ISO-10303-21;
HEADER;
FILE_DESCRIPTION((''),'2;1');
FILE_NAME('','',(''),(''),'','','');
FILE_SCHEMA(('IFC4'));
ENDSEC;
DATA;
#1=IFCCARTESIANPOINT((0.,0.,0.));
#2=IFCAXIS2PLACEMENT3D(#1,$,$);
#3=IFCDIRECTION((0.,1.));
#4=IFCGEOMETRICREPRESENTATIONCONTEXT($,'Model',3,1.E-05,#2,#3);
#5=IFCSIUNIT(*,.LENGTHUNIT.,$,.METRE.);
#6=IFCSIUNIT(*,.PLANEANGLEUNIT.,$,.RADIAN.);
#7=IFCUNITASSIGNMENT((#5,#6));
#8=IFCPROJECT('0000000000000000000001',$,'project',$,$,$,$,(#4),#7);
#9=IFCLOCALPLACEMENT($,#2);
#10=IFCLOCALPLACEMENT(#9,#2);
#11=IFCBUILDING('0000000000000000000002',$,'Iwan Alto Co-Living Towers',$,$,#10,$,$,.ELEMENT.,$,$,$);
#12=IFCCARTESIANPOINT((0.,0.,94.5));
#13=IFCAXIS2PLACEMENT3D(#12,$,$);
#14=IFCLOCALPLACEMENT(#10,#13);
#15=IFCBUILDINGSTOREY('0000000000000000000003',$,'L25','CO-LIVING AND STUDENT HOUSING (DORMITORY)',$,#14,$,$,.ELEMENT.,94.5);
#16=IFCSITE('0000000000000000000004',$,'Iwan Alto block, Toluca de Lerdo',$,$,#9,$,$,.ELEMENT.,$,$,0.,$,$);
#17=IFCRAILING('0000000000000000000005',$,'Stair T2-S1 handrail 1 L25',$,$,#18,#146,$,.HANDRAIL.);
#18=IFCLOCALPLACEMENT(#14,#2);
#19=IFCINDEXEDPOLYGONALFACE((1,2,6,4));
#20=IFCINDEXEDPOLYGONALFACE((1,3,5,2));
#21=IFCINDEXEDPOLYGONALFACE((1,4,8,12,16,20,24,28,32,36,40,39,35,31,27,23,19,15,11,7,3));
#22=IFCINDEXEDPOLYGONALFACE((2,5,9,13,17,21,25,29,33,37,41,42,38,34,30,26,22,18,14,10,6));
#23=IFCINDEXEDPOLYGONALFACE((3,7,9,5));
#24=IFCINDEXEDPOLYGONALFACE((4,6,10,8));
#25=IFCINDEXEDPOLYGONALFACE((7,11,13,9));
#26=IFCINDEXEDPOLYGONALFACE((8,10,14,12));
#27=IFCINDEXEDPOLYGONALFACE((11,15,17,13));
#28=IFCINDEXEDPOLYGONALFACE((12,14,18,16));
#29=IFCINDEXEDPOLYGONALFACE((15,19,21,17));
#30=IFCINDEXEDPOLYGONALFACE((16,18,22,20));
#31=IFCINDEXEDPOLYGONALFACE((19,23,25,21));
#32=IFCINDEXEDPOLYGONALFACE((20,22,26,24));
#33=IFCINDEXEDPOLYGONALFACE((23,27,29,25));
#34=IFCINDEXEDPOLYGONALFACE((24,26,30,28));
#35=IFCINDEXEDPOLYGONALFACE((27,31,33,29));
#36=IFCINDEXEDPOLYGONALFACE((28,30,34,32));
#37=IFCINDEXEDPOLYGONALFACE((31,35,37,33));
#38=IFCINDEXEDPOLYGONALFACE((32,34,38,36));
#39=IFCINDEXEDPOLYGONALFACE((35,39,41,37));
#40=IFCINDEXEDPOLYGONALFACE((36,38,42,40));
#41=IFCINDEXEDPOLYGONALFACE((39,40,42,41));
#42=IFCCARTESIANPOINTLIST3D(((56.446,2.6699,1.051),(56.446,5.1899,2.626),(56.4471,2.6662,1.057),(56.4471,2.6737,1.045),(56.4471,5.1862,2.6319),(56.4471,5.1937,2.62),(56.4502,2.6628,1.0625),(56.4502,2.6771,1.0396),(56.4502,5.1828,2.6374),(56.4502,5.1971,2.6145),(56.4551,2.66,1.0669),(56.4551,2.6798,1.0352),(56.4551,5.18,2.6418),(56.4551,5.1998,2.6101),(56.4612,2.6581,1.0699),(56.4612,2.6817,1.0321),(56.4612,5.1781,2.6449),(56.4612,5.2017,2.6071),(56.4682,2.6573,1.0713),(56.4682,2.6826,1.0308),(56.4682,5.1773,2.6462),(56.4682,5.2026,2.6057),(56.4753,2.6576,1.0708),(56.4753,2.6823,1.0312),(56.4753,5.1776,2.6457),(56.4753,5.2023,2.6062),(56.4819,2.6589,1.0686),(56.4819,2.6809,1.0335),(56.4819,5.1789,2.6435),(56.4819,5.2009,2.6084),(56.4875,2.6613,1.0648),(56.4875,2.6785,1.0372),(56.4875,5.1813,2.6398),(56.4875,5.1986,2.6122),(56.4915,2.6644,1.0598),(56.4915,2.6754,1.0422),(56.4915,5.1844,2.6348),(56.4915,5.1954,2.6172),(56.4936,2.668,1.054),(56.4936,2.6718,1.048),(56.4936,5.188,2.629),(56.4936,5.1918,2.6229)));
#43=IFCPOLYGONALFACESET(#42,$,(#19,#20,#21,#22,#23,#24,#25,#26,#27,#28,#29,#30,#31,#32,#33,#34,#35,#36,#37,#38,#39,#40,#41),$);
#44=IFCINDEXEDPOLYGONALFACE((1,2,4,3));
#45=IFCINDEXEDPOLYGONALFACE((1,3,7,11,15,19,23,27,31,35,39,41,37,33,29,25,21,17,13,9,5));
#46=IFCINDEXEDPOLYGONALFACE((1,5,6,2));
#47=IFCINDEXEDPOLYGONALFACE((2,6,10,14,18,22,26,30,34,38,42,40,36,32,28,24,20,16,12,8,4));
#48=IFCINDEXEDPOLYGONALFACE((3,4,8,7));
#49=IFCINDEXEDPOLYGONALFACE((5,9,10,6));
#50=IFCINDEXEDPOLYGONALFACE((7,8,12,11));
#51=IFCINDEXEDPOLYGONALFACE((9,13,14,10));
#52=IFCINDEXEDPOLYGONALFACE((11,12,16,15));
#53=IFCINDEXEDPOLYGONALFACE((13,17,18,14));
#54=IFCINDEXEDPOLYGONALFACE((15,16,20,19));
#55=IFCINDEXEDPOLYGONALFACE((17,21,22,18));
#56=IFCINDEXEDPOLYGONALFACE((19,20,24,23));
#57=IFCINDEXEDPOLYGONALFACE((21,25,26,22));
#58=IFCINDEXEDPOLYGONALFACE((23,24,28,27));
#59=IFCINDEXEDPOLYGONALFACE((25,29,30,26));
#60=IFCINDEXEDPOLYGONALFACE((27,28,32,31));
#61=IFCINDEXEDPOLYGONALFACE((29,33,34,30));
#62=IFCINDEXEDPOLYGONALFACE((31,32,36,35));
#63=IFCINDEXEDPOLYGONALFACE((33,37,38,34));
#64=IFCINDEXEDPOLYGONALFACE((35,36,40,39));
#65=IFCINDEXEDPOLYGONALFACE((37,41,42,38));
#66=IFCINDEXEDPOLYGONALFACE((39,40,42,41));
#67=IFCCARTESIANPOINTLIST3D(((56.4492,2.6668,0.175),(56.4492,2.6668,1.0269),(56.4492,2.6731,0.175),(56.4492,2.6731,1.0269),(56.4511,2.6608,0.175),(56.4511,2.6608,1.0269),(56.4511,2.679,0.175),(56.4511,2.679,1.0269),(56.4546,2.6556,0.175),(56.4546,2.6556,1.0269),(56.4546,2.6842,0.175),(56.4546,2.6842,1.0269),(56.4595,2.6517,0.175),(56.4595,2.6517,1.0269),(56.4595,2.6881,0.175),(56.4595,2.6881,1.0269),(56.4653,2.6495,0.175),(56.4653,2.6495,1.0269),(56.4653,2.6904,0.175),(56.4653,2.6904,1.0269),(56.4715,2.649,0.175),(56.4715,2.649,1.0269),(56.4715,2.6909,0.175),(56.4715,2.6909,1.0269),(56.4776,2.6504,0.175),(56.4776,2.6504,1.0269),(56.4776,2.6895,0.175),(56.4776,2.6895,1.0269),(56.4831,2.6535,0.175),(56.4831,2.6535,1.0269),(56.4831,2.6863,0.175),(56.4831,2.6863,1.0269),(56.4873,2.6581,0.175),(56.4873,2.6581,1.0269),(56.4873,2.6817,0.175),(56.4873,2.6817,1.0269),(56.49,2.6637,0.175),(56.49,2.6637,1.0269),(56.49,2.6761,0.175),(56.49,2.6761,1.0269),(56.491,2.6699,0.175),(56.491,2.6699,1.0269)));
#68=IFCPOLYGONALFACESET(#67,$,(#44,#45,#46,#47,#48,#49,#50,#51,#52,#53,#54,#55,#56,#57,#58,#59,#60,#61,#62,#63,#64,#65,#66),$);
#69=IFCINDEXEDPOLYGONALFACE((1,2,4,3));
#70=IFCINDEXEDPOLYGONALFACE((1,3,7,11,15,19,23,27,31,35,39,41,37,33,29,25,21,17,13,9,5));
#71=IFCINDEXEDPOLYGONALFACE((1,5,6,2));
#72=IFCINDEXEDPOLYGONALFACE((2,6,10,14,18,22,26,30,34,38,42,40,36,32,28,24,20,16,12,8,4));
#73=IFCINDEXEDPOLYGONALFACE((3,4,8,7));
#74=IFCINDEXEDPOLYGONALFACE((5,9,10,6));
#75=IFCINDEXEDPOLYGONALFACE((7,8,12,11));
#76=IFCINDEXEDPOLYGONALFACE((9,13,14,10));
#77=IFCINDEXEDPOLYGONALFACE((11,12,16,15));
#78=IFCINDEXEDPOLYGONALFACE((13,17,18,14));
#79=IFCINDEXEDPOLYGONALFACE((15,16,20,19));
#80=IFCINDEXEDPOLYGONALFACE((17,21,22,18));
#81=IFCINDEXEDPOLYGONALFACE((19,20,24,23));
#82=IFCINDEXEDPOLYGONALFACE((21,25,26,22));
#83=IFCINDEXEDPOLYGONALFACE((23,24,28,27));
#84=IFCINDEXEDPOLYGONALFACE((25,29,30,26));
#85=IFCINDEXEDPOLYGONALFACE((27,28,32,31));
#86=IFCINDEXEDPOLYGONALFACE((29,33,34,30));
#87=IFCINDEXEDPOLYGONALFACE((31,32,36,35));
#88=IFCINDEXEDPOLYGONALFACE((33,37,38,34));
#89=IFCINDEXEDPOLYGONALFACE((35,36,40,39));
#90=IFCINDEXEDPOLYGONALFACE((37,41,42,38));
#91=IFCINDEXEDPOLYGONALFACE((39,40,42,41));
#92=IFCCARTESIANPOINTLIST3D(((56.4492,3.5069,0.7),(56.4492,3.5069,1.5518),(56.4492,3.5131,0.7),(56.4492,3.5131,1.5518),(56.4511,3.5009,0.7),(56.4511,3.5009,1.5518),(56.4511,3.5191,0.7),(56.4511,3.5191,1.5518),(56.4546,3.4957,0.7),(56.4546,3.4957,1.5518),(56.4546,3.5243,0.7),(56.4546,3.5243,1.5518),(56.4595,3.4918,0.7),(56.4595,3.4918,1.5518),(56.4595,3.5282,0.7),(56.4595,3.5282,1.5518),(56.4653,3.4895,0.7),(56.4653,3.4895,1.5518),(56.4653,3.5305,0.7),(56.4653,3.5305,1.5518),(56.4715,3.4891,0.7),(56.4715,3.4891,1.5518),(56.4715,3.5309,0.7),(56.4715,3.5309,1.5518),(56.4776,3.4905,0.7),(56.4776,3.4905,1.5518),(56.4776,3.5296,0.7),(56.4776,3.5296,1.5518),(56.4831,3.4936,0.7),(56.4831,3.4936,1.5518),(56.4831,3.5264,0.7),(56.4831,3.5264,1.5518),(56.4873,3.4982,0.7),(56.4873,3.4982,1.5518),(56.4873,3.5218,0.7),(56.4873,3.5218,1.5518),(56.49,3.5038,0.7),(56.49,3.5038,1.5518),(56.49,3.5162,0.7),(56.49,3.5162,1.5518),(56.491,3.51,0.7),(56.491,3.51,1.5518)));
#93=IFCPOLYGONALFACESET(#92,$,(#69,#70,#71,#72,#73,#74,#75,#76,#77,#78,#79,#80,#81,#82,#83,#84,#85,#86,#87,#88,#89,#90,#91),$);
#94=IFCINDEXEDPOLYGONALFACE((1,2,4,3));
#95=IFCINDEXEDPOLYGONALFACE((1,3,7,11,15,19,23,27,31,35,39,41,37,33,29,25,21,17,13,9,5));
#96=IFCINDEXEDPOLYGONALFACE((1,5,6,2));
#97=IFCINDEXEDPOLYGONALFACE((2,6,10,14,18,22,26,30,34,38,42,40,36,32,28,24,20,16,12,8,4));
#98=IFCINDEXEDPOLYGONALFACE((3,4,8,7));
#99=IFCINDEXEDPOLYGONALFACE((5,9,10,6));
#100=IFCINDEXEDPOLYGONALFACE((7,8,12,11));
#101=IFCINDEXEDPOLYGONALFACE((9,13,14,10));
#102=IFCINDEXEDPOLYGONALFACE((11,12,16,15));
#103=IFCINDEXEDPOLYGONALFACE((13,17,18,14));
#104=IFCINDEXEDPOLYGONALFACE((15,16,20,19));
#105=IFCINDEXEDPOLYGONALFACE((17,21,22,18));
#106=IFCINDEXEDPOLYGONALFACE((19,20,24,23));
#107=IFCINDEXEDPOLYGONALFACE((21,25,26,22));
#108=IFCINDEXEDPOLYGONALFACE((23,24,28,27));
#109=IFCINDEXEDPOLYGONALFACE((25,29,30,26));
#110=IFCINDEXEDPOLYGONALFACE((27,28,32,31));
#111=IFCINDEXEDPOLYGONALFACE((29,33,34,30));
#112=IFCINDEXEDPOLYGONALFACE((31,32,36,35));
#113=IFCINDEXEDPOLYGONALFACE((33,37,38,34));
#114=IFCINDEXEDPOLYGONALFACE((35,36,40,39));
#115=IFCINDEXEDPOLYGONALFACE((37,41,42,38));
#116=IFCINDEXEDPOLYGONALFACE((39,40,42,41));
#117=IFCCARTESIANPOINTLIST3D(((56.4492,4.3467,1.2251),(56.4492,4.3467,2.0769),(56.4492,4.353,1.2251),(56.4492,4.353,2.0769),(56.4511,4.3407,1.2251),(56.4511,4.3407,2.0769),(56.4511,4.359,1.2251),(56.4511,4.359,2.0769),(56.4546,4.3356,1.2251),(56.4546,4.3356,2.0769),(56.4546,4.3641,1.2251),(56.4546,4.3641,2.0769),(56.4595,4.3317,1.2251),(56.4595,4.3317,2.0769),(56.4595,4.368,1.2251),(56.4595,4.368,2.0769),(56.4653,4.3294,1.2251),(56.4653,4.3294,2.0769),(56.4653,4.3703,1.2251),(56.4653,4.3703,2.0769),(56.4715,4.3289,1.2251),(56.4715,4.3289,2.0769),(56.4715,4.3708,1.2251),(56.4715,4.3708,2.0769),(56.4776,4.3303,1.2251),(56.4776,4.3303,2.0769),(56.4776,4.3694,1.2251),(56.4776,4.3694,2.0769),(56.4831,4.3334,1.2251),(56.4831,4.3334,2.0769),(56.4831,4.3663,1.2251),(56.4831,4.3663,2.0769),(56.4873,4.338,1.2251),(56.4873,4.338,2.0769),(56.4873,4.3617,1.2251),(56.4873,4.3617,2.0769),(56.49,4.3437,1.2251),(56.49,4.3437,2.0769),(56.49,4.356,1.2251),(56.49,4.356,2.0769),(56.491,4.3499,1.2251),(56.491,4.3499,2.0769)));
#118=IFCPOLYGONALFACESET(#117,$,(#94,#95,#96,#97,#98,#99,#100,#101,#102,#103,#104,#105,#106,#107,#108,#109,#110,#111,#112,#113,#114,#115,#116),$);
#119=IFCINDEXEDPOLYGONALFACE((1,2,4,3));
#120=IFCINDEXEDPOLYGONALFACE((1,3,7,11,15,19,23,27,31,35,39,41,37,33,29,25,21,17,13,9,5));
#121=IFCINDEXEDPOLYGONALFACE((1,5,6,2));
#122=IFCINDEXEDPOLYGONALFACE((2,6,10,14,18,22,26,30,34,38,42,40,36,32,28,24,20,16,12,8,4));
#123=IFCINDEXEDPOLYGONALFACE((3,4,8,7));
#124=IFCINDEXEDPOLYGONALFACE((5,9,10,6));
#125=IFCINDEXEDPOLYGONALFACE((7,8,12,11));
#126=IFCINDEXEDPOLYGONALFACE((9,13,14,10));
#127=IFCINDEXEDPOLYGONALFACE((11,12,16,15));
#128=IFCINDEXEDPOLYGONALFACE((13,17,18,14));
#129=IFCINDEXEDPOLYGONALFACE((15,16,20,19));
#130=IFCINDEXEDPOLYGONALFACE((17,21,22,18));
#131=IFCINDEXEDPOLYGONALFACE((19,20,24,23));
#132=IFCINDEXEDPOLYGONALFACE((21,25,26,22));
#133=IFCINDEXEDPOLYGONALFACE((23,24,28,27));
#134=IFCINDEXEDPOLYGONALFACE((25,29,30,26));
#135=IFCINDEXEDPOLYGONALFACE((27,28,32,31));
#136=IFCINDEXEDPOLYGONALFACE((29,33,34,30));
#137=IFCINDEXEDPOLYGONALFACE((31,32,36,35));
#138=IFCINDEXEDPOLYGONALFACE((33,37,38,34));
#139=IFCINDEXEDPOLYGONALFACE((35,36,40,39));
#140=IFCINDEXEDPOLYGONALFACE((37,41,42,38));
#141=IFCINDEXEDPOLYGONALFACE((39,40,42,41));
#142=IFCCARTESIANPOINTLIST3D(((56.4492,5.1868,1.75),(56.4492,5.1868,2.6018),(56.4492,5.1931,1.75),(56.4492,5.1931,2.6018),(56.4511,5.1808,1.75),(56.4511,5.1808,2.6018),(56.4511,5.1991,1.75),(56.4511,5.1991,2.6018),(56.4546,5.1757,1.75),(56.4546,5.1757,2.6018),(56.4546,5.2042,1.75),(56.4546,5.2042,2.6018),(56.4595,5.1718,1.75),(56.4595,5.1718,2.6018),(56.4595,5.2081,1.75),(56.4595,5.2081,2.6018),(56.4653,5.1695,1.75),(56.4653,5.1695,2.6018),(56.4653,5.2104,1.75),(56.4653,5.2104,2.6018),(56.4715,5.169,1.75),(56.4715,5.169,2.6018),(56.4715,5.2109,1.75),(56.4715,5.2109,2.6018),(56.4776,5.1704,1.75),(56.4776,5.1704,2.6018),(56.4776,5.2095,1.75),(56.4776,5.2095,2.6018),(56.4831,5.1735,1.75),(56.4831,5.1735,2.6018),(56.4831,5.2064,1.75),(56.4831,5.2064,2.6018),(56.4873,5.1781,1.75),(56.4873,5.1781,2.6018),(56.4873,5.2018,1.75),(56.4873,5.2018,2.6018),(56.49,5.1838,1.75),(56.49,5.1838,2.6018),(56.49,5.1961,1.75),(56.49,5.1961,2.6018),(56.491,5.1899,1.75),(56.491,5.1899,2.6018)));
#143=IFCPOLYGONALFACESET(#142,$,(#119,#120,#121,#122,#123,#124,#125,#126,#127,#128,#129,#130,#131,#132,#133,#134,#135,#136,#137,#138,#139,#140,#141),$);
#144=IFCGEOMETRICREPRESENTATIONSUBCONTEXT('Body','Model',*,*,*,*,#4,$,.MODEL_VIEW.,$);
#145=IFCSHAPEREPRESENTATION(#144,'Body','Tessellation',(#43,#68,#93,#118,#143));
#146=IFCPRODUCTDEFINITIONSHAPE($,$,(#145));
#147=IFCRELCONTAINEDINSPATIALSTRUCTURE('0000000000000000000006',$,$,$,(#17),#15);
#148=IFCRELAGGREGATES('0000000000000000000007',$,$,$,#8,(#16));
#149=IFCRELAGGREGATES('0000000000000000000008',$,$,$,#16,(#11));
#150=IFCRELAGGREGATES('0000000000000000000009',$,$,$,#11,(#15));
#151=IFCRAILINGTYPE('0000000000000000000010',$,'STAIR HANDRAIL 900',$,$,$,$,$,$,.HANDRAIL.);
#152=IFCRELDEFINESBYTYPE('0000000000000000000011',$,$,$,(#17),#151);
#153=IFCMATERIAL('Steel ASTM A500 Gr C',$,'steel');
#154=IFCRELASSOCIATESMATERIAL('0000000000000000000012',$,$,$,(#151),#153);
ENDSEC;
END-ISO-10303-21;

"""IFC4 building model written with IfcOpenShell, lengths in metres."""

from ifc_helpers import new_model, si_unit, direction, frame, origin, origin_2d, place, context, subcontext, project, spatial, circle, extrude, material, type_object, element, save


model = new_model("IFC4")

# Units and contexts
model_context = context("Model", 3, precision=1e-05, world=origin(), true_north=direction((0.0, 1.0)))
body_context = subcontext(model_context, "Body", "Model", "MODEL_VIEW")
ifc_project = project(units=[si_unit("LENGTHUNIT", "METRE"), si_unit("PLANEANGLEUNIT", "RADIAN")], contexts=[model_context])

# Site, building, storey
site_placement = place(None, origin())
site = spatial("IfcSite", under=ifc_project, at=site_placement, Name="Iwan Alto block, Toluca de Lerdo", CompositionType="ELEMENT", RefElevation=0.0)
building_placement = place(site_placement, origin())
building = spatial("IfcBuilding", under=site, at=building_placement, Name="Iwan Alto Co-Living Towers", CompositionType="ELEMENT")
storey_placement = place(building_placement, frame((0.0, 0.0, 94.5)))
storey = spatial("IfcBuildingStorey", under=building, at=storey_placement, Name="L25", Description="CO-LIVING AND STUDENT HOUSING (DORMITORY)", CompositionType="ELEMENT", Elevation=94.5)

# Railing
ifc_material_1 = material(Name="Steel ASTM A500 Gr C", Category="steel")
railing_type = type_object("IfcRailingType", Name="STAIR HANDRAIL 900", PredefinedType="HANDRAIL", material=ifc_material_1)
railing_placement = place(storey_placement, frame((56.47, 2.6699, 0.175)))
element("IfcRailing", 1, at=railing_placement, inside=storey, type_object=railing_type, Name="Stair T2-S1 handrail 1 L25", PredefinedType="HANDRAIL", context=body_context, shape_type="SweptSolid", body=[
    extrude(circle(Radius=0.0239, at=origin_2d()), frame((0.0, 0.0, 0.876), z_axis=(0.0, 0.848008, 0.529984), x_axis=(-1.0, 0.0, 0.0)), (0.0, 0.0, 1.0), 2.9717),
    extrude(circle(Radius=0.021, at=origin_2d()), origin(), (0.0, 0.0, 1.0), 0.8518),
    extrude(circle(Radius=0.021, at=origin_2d()), frame((0.0, 0.8401, 0.5249)), (0.0, 0.0, 1.0), 0.8518),
    extrude(circle(Radius=0.021, at=origin_2d()), frame((0.0, 1.6799, 1.05)), (0.0, 0.0, 1.0), 0.8518),
    extrude(circle(Radius=0.021, at=origin_2d()), frame((0.0, 2.52, 1.575)), (0.0, 0.0, 1.0), 0.8518),
])

save(model, "model.ifc")
